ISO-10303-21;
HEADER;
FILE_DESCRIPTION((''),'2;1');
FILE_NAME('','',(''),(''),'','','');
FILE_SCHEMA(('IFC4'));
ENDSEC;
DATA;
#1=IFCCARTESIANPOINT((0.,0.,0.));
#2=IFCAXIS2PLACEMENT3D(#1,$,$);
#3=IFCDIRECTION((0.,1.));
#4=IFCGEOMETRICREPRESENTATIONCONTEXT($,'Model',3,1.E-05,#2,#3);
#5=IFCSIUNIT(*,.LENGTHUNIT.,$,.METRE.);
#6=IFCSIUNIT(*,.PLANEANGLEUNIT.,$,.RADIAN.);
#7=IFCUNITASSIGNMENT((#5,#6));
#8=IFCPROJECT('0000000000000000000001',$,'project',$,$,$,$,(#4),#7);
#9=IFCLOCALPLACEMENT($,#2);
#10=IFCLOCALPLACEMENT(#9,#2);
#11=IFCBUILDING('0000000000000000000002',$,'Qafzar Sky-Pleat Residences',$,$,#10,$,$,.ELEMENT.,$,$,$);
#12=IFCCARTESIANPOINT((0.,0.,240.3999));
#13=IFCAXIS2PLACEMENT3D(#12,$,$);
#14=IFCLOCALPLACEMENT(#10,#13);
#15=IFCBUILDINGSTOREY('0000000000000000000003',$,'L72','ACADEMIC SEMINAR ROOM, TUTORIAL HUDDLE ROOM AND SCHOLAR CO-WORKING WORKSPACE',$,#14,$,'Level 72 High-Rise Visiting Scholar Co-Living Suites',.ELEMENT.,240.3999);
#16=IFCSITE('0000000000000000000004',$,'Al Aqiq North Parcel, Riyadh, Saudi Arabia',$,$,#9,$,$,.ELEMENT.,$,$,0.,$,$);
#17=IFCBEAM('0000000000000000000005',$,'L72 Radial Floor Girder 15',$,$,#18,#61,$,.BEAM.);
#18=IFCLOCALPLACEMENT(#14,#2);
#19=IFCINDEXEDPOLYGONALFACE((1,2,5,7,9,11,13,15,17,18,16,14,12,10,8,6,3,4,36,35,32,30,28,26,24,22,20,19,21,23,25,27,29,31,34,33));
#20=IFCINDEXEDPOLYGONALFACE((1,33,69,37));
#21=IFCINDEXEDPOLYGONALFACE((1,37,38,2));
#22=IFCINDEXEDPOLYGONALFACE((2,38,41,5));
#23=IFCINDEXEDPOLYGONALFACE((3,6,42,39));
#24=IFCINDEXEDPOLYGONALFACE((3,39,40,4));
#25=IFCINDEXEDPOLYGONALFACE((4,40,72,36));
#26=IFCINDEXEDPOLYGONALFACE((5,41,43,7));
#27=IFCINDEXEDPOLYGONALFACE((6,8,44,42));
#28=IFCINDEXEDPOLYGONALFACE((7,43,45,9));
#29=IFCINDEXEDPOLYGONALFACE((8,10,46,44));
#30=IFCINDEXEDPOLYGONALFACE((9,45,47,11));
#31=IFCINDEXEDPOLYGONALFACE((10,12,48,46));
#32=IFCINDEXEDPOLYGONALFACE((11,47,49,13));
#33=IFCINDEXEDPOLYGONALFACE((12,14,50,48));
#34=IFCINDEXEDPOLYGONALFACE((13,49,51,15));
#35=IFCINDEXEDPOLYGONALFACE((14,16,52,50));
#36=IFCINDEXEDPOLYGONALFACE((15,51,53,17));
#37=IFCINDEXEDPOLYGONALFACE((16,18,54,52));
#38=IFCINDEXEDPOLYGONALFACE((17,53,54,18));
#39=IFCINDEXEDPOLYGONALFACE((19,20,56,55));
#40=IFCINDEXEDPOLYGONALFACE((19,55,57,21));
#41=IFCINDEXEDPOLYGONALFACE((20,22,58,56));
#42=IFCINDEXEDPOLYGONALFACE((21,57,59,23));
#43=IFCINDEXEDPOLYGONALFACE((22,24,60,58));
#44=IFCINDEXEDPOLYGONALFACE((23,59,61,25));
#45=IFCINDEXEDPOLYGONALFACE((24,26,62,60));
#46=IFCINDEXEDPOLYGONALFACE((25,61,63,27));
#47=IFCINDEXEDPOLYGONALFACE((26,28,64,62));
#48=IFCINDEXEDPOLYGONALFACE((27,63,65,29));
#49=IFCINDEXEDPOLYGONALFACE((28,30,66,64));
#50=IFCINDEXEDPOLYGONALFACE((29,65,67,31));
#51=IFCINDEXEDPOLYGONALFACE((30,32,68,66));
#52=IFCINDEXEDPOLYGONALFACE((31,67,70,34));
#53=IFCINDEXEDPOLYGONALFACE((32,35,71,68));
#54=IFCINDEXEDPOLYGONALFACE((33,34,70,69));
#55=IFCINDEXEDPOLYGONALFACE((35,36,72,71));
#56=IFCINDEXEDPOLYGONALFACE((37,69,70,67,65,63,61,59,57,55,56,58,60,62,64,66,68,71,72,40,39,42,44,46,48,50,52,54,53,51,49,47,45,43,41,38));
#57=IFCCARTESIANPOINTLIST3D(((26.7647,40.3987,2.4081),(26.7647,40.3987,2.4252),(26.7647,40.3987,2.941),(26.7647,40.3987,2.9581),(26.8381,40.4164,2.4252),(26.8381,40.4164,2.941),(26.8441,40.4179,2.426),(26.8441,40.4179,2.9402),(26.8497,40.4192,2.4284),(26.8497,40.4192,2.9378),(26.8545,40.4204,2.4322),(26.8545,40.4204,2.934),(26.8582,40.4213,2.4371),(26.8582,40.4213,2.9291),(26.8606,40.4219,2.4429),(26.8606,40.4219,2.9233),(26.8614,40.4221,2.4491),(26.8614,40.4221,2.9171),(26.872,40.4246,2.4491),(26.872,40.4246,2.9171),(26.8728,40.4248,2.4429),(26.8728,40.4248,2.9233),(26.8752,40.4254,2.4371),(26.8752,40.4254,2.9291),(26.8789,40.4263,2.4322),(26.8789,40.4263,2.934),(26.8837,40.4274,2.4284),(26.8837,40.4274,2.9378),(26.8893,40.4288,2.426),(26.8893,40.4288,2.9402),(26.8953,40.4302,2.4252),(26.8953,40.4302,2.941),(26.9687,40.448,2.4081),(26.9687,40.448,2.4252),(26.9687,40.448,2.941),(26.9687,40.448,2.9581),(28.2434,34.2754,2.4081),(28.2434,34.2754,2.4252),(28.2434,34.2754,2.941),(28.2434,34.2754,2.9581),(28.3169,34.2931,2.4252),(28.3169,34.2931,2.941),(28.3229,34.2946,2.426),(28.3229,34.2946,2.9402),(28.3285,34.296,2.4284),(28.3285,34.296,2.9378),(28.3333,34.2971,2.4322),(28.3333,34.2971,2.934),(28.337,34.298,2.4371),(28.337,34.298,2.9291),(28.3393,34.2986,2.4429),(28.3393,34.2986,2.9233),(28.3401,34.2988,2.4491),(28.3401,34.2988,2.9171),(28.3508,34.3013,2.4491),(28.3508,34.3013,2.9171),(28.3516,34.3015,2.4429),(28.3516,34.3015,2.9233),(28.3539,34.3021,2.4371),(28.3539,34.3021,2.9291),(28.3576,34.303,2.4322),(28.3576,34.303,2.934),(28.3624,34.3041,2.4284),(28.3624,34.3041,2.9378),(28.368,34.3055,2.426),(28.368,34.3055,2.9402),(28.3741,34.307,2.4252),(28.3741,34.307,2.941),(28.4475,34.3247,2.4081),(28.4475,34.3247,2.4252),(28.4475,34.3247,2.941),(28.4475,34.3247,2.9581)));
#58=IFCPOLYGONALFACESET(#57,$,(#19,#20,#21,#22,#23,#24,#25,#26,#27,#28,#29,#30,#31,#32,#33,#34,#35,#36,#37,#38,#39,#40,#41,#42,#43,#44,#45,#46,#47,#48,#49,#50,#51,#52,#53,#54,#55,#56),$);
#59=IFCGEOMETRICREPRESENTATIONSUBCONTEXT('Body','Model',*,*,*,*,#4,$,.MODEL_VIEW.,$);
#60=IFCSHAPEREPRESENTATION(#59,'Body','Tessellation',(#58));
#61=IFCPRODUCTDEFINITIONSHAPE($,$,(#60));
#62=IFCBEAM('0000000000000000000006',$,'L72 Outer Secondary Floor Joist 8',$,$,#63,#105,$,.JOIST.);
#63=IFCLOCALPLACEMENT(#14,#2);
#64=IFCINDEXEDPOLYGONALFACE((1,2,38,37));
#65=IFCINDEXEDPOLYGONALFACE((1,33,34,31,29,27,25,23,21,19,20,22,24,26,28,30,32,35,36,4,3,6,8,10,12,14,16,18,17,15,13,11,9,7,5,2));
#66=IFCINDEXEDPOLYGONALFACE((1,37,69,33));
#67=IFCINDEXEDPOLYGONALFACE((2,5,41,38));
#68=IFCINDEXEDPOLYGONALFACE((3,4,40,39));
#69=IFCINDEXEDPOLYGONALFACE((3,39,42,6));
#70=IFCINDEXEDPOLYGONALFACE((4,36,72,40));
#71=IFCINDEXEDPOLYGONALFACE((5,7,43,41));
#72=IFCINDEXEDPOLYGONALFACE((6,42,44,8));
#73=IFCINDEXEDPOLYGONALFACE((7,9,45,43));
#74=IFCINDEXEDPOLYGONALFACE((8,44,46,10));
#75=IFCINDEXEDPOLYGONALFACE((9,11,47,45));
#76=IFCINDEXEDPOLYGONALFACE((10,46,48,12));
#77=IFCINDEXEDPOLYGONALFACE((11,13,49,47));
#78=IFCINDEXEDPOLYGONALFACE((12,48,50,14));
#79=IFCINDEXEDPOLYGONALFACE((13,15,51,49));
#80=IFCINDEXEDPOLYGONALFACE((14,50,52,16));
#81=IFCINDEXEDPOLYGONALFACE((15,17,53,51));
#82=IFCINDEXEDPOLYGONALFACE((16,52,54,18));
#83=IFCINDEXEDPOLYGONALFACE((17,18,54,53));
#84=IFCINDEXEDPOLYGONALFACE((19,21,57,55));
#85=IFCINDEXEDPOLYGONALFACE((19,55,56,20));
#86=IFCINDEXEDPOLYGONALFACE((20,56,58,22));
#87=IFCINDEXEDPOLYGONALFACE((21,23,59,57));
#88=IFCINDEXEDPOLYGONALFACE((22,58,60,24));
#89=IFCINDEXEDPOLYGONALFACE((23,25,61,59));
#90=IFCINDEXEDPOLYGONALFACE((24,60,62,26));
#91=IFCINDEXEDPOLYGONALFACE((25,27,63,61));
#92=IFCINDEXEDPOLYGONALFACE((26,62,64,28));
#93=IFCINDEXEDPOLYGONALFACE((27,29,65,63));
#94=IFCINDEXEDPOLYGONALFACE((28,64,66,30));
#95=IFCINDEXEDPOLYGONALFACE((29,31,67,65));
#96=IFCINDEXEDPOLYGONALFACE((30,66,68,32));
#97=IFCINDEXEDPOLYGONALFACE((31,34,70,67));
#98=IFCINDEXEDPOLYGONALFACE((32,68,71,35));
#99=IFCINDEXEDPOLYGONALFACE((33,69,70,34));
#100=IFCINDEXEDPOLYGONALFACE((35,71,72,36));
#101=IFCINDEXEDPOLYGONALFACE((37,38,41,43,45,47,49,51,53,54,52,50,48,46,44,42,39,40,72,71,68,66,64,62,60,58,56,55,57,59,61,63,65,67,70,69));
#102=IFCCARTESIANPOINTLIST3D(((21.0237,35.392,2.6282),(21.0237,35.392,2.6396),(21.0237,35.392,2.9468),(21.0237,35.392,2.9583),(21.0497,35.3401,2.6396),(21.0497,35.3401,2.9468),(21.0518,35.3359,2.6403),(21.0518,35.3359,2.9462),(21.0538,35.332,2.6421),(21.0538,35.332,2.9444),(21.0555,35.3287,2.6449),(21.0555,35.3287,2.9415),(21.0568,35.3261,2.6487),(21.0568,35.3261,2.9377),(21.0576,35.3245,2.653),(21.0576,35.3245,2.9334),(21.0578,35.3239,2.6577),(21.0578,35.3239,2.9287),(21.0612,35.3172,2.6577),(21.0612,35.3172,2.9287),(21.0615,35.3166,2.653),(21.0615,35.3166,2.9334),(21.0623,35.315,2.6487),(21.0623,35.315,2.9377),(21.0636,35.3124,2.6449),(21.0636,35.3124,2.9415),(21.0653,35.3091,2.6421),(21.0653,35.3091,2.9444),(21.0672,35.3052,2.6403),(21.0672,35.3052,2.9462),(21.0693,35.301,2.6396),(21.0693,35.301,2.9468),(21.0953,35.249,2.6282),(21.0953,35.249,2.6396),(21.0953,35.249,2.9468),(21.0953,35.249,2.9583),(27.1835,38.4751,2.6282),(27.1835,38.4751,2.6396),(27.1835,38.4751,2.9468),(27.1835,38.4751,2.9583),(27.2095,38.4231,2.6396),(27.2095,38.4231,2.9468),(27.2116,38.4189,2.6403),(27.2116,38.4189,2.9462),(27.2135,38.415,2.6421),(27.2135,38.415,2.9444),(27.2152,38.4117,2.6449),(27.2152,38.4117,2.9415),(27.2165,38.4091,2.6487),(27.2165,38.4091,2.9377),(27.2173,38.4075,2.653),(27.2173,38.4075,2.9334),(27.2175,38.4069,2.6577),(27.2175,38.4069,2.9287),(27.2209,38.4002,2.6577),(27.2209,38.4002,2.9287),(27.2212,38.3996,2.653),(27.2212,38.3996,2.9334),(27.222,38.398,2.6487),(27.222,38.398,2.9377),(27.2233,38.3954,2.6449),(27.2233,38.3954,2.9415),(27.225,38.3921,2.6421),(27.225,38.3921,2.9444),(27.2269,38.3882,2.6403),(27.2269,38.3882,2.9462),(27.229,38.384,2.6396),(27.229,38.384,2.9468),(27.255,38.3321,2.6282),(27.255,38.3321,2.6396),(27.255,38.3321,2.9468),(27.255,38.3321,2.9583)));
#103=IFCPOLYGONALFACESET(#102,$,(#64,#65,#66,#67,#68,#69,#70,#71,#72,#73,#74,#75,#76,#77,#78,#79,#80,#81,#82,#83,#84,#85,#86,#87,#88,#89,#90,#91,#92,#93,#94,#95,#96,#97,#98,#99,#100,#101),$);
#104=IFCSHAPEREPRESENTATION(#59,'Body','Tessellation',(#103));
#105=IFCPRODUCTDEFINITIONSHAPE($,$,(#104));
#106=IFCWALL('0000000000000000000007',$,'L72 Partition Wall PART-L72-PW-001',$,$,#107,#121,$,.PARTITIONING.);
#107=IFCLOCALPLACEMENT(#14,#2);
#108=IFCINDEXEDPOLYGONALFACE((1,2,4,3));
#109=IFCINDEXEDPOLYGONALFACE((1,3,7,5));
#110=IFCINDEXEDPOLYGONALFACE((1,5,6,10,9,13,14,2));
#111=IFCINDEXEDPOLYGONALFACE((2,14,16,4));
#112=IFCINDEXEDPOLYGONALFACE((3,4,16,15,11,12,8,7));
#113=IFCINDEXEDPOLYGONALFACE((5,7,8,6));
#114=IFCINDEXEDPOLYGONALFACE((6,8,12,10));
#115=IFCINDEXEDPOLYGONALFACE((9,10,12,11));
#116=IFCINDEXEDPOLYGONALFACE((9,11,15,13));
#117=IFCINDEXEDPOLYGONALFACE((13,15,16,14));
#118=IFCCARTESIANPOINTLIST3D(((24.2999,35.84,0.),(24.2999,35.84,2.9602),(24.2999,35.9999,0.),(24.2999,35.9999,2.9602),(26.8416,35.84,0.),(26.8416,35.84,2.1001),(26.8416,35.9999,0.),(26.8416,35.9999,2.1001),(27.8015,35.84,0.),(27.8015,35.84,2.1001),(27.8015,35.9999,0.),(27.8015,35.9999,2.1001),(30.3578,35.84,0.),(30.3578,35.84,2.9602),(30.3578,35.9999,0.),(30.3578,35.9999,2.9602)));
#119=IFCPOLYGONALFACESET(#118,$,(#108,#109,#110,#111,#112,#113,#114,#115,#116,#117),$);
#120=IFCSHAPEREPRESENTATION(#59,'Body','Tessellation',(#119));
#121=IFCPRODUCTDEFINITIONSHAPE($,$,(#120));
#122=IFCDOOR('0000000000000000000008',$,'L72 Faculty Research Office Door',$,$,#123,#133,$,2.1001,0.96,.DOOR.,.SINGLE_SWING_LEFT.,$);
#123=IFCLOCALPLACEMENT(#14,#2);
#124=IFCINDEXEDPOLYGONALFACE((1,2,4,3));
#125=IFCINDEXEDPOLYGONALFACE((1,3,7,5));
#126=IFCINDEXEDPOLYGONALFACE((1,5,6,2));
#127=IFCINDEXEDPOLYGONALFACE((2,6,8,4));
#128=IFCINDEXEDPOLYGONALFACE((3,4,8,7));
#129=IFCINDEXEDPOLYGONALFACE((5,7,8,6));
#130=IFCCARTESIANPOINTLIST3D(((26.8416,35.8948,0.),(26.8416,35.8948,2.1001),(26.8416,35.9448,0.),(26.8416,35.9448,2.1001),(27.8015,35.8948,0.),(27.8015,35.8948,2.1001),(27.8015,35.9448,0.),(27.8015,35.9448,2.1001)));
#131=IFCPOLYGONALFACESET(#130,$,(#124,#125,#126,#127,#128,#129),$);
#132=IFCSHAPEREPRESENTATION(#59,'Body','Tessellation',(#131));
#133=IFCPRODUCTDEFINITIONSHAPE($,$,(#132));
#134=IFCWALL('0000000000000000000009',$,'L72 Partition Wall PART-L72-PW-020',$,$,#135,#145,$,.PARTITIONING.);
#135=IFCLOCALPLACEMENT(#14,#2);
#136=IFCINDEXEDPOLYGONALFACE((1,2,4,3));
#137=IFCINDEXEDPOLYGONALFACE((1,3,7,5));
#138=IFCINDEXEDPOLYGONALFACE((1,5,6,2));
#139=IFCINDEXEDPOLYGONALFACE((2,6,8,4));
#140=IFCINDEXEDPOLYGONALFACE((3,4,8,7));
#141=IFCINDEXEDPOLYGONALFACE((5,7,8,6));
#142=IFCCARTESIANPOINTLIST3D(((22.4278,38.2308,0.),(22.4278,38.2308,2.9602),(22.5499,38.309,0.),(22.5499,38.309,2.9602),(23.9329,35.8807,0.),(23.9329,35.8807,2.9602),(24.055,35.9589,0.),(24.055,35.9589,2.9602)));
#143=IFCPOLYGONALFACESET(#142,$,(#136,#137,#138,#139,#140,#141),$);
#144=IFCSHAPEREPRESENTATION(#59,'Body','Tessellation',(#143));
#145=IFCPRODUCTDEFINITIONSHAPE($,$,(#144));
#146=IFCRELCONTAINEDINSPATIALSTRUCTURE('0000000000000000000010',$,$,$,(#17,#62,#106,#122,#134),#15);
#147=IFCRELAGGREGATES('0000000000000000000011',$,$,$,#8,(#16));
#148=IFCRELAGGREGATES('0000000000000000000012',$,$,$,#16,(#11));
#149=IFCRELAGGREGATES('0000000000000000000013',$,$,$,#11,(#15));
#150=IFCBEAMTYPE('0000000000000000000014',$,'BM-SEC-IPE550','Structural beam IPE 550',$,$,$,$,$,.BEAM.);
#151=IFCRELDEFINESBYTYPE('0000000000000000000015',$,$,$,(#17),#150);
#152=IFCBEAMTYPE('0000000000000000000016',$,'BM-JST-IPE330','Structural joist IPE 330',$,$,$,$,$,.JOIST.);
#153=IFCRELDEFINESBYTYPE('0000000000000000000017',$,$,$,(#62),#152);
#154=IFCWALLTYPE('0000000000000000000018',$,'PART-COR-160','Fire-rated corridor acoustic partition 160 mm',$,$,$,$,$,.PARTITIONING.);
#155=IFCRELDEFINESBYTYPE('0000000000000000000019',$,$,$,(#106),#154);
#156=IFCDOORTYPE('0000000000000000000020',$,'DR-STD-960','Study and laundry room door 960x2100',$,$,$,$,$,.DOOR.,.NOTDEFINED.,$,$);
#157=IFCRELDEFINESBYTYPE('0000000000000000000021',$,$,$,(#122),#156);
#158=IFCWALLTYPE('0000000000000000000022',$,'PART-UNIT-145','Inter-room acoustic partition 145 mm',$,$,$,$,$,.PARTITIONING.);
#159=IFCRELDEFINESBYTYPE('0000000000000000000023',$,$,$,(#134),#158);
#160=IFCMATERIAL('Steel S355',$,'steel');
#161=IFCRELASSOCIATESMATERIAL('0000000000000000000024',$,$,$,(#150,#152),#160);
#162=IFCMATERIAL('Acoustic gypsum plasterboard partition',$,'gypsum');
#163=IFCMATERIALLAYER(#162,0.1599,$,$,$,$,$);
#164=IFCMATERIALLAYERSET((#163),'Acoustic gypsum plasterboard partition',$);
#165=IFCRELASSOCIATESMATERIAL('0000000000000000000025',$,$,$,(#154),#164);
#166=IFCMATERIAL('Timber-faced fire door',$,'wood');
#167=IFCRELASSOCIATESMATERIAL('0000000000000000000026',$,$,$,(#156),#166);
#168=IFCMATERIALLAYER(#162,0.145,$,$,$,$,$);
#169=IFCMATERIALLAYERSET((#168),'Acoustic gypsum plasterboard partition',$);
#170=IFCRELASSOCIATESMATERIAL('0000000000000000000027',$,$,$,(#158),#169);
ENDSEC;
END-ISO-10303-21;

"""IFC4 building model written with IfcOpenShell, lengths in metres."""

from ifc_helpers import new_model, si_unit, direction, frame, frame_2d, origin, origin_2d, place, context, subcontext, project, spatial, rectangle, i_section, extrude, source, transform, mapped, material, layer, layer_set, material_profile, profile_set, type_object, element, fill, save


model = new_model("IFC4")

# Units and contexts
model_context = context("Model", 3, precision=1e-05, world=origin(), true_north=direction((0.0, 1.0)))
body_context = subcontext(model_context, "Body", "Model", "MODEL_VIEW")
ifc_project = project(units=[si_unit("LENGTHUNIT", "METRE"), si_unit("PLANEANGLEUNIT", "RADIAN")], contexts=[model_context])

# Site, building, storey
site_placement = place(None, origin())
site = spatial("IfcSite", under=ifc_project, at=site_placement, Name="Al Aqiq North Parcel, Riyadh, Saudi Arabia", CompositionType="ELEMENT", RefElevation=0.0)
building_placement = place(site_placement, origin())
building = spatial("IfcBuilding", under=site, at=building_placement, Name="Qafzar Sky-Pleat Residences", CompositionType="ELEMENT")
storey_placement = place(building_placement, frame((0.0, 0.0, 240.3999)))
storey = spatial("IfcBuildingStorey", under=building, at=storey_placement, Name="L72", Description="ACADEMIC SEMINAR ROOM, TUTORIAL HUDDLE ROOM AND SCHOLAR CO-WORKING WORKSPACE", LongName="Level 72 High-Rise Visiting Scholar Co-Living Suites", CompositionType="ELEMENT", Elevation=240.3999)

# Shared definitions
ifc_material_1 = material(Name="Steel S355", Category="steel")

# Beams
ifc_material_profile_1 = material_profile(ifc_material_1, i_section(OverallWidth=0.21, OverallDepth=0.55, WebThickness=0.011, FlangeThickness=0.0171, FilletRadius=0.0239, at=origin_2d()), Name="IPE 550")
ifc_profile_set_1 = profile_set([ifc_material_profile_1], Name="Steel S355")
beam_type_1 = type_object("IfcBeamType", Name="BM-SEC-IPE550", Description="Structural beam IPE 550", PredefinedType="BEAM", material=ifc_profile_set_1)
shared_shape_1 = source(origin(), body_context, "Body", "SweptSolid", [
    extrude(i_section(OverallWidth=0.21, OverallDepth=0.55, WebThickness=0.011, FlangeThickness=0.0171, FilletRadius=0.0239, at=origin_2d()), origin(), (0.0, 0.0, 1.0), 6.2993),
])
beam_1_placement = place(storey_placement, frame((26.8667, 40.4233, 2.6831), z_axis=(0.234749, -0.972056, 0.0), x_axis=(0.972056, 0.234749, 0.0)))
element("IfcBeam", 1, at=beam_1_placement, inside=storey, type_object=beam_type_1, Name="L72 Radial Floor Girder 15", PredefinedType="BEAM", context=body_context, shape_type="MappedRepresentation", body=[
    mapped(shared_shape_1, transform((0.0, 0.0, 0.0), x_axis=(1.0, 0.0, 0.0), y_axis=(0.0, 1.0, 0.0), z_axis=(0.0, 0.0, 1.0), scale=1.0)),
])
ifc_material_profile_2 = material_profile(ifc_material_1, i_section(OverallWidth=0.1599, OverallDepth=0.3301, WebThickness=0.0076, FlangeThickness=0.0115, FilletRadius=0.0181, at=origin_2d()), Name="IPE 330")
ifc_profile_set_2 = profile_set([ifc_material_profile_2], Name="Steel S355")
beam_type_2 = type_object("IfcBeamType", Name="BM-JST-IPE330", Description="Structural joist IPE 330", PredefinedType="JOIST", material=ifc_profile_set_2)
shared_shape_2 = source(origin(), body_context, "Body", "SweptSolid", [
    extrude(i_section(OverallWidth=0.1599, OverallDepth=0.3301, WebThickness=0.0076, FlangeThickness=0.0115, FilletRadius=0.0181, at=origin_2d()), origin(), (0.0, 0.0, 1.0), 6.8882),
])
beam_2_placement = place(storey_placement, frame((27.2192, 38.4036, 2.7932), z_axis=(-0.894243, -0.447582, 0.0), x_axis=(0.447582, -0.894243, 0.0)))
element("IfcBeam", 2, at=beam_2_placement, inside=storey, type_object=beam_type_2, Name="L72 Outer Secondary Floor Joist 8", PredefinedType="JOIST", context=body_context, shape_type="MappedRepresentation", body=[
    mapped(shared_shape_2, transform((0.0, 0.0, 0.0), x_axis=(1.0, 0.0, 0.0), y_axis=(0.0, 1.0, 0.0), z_axis=(0.0, 0.0, 1.0), scale=1.0)),
])

# Wall, opening, door
ifc_material_2 = material(Name="Acoustic gypsum plasterboard partition", Category="gypsum")
ifc_layer_1 = layer(ifc_material_2, 0.1599)
ifc_layer_set_1 = layer_set([ifc_layer_1], Name="Acoustic gypsum plasterboard partition")
wall_type_1 = type_object("IfcWallType", Name="PART-COR-160", Description="Fire-rated corridor acoustic partition 160 mm", PredefinedType="PARTITIONING", material=ifc_layer_set_1)
wall_1_placement = place(storey_placement, frame((24.3, 35.9199, 0.0), z_axis=(0.0, 0.0, 1.0), x_axis=(1.0, 0.0, 0.0)))
wall_1 = element("IfcWall", 3, at=wall_1_placement, inside=storey, type_object=wall_type_1, Name="L72 Partition Wall PART-L72-PW-001", PredefinedType="PARTITIONING", context=body_context, shape_type="SweptSolid", body=[
    extrude(rectangle(XDim=6.0579, YDim=0.1599, at=frame_2d((3.0288, 0.0))), origin(), (0.0, 0.0, 1.0), 2.9602),
])
opening_1_placement = place(wall_1_placement, frame((2.5415, 0.0, 0.0)))
opening_1 = element("IfcOpeningElement", 4, at=opening_1_placement, cuts=wall_1, PredefinedType="OPENING", context=body_context, shape_type="SweptSolid", body=[
    extrude(rectangle(XDim=0.96, YDim=2.1001, at=frame_2d((0.48, 1.05))), frame((0.0, 0.0898, 0.0), z_axis=(0.0, -1.0, 0.0), x_axis=(1.0, 0.0, 0.0)), (0.0, 0.0, 1.0), 0.1799),
])
ifc_material_3 = material(Name="Timber-faced fire door", Category="wood")
door_type = type_object("IfcDoorType", Name="DR-STD-960", Description="Study and laundry room door 960x2100", OperationType="NOTDEFINED", PredefinedType="DOOR", material=ifc_material_3)
shared_shape_3 = source(origin(), body_context, "Body", "SweptSolid", [
    extrude(rectangle(XDim=0.96, YDim=2.1001, at=frame_2d((0.48, 1.05))), frame((0.0, 0.0249, 0.0), z_axis=(0.0, -1.0, 0.0), x_axis=(1.0, 0.0, 0.0)), (0.0, 0.0, 1.0), 0.05),
])
door_placement = place(opening_1_placement, origin())
door = element("IfcDoor", 5, at=door_placement, inside=storey, type_object=door_type, Name="L72 Faculty Research Office Door", OperationType="SINGLE_SWING_LEFT", OverallHeight=2.1001, OverallWidth=0.96, PredefinedType="DOOR", context=body_context, shape_type="MappedRepresentation", body=[
    mapped(shared_shape_3, transform((0.0, 0.0, 0.0), x_axis=(1.0, 0.0, 0.0), y_axis=(0.0, 1.0, 0.0), z_axis=(0.0, 0.0, 1.0), scale=1.0)),
])
fill(opening_1, door)

# Wall
ifc_layer_2 = layer(ifc_material_2, 0.145)
ifc_layer_set_2 = layer_set([ifc_layer_2], Name="Acoustic gypsum plasterboard partition")
wall_type_2 = type_object("IfcWallType", Name="PART-UNIT-145", Description="Inter-room acoustic partition 145 mm", PredefinedType="PARTITIONING", material=ifc_layer_set_2)
wall_2_placement = place(storey_placement, frame((22.4888, 38.27, 0.0), z_axis=(0.0, 0.0, 1.0), x_axis=(0.539324, -0.842098, 0.0)))
element("IfcWall", 6, at=wall_2_placement, inside=storey, type_object=wall_type_2, Name="L72 Partition Wall PART-L72-PW-020", PredefinedType="PARTITIONING", context=body_context, shape_type="SweptSolid", body=[
    extrude(rectangle(XDim=2.7908, YDim=0.145, at=frame_2d((1.3955, 0.0))), origin(), (0.0, 0.0, 1.0), 2.9602),
])

save(model, "model.ifc")
